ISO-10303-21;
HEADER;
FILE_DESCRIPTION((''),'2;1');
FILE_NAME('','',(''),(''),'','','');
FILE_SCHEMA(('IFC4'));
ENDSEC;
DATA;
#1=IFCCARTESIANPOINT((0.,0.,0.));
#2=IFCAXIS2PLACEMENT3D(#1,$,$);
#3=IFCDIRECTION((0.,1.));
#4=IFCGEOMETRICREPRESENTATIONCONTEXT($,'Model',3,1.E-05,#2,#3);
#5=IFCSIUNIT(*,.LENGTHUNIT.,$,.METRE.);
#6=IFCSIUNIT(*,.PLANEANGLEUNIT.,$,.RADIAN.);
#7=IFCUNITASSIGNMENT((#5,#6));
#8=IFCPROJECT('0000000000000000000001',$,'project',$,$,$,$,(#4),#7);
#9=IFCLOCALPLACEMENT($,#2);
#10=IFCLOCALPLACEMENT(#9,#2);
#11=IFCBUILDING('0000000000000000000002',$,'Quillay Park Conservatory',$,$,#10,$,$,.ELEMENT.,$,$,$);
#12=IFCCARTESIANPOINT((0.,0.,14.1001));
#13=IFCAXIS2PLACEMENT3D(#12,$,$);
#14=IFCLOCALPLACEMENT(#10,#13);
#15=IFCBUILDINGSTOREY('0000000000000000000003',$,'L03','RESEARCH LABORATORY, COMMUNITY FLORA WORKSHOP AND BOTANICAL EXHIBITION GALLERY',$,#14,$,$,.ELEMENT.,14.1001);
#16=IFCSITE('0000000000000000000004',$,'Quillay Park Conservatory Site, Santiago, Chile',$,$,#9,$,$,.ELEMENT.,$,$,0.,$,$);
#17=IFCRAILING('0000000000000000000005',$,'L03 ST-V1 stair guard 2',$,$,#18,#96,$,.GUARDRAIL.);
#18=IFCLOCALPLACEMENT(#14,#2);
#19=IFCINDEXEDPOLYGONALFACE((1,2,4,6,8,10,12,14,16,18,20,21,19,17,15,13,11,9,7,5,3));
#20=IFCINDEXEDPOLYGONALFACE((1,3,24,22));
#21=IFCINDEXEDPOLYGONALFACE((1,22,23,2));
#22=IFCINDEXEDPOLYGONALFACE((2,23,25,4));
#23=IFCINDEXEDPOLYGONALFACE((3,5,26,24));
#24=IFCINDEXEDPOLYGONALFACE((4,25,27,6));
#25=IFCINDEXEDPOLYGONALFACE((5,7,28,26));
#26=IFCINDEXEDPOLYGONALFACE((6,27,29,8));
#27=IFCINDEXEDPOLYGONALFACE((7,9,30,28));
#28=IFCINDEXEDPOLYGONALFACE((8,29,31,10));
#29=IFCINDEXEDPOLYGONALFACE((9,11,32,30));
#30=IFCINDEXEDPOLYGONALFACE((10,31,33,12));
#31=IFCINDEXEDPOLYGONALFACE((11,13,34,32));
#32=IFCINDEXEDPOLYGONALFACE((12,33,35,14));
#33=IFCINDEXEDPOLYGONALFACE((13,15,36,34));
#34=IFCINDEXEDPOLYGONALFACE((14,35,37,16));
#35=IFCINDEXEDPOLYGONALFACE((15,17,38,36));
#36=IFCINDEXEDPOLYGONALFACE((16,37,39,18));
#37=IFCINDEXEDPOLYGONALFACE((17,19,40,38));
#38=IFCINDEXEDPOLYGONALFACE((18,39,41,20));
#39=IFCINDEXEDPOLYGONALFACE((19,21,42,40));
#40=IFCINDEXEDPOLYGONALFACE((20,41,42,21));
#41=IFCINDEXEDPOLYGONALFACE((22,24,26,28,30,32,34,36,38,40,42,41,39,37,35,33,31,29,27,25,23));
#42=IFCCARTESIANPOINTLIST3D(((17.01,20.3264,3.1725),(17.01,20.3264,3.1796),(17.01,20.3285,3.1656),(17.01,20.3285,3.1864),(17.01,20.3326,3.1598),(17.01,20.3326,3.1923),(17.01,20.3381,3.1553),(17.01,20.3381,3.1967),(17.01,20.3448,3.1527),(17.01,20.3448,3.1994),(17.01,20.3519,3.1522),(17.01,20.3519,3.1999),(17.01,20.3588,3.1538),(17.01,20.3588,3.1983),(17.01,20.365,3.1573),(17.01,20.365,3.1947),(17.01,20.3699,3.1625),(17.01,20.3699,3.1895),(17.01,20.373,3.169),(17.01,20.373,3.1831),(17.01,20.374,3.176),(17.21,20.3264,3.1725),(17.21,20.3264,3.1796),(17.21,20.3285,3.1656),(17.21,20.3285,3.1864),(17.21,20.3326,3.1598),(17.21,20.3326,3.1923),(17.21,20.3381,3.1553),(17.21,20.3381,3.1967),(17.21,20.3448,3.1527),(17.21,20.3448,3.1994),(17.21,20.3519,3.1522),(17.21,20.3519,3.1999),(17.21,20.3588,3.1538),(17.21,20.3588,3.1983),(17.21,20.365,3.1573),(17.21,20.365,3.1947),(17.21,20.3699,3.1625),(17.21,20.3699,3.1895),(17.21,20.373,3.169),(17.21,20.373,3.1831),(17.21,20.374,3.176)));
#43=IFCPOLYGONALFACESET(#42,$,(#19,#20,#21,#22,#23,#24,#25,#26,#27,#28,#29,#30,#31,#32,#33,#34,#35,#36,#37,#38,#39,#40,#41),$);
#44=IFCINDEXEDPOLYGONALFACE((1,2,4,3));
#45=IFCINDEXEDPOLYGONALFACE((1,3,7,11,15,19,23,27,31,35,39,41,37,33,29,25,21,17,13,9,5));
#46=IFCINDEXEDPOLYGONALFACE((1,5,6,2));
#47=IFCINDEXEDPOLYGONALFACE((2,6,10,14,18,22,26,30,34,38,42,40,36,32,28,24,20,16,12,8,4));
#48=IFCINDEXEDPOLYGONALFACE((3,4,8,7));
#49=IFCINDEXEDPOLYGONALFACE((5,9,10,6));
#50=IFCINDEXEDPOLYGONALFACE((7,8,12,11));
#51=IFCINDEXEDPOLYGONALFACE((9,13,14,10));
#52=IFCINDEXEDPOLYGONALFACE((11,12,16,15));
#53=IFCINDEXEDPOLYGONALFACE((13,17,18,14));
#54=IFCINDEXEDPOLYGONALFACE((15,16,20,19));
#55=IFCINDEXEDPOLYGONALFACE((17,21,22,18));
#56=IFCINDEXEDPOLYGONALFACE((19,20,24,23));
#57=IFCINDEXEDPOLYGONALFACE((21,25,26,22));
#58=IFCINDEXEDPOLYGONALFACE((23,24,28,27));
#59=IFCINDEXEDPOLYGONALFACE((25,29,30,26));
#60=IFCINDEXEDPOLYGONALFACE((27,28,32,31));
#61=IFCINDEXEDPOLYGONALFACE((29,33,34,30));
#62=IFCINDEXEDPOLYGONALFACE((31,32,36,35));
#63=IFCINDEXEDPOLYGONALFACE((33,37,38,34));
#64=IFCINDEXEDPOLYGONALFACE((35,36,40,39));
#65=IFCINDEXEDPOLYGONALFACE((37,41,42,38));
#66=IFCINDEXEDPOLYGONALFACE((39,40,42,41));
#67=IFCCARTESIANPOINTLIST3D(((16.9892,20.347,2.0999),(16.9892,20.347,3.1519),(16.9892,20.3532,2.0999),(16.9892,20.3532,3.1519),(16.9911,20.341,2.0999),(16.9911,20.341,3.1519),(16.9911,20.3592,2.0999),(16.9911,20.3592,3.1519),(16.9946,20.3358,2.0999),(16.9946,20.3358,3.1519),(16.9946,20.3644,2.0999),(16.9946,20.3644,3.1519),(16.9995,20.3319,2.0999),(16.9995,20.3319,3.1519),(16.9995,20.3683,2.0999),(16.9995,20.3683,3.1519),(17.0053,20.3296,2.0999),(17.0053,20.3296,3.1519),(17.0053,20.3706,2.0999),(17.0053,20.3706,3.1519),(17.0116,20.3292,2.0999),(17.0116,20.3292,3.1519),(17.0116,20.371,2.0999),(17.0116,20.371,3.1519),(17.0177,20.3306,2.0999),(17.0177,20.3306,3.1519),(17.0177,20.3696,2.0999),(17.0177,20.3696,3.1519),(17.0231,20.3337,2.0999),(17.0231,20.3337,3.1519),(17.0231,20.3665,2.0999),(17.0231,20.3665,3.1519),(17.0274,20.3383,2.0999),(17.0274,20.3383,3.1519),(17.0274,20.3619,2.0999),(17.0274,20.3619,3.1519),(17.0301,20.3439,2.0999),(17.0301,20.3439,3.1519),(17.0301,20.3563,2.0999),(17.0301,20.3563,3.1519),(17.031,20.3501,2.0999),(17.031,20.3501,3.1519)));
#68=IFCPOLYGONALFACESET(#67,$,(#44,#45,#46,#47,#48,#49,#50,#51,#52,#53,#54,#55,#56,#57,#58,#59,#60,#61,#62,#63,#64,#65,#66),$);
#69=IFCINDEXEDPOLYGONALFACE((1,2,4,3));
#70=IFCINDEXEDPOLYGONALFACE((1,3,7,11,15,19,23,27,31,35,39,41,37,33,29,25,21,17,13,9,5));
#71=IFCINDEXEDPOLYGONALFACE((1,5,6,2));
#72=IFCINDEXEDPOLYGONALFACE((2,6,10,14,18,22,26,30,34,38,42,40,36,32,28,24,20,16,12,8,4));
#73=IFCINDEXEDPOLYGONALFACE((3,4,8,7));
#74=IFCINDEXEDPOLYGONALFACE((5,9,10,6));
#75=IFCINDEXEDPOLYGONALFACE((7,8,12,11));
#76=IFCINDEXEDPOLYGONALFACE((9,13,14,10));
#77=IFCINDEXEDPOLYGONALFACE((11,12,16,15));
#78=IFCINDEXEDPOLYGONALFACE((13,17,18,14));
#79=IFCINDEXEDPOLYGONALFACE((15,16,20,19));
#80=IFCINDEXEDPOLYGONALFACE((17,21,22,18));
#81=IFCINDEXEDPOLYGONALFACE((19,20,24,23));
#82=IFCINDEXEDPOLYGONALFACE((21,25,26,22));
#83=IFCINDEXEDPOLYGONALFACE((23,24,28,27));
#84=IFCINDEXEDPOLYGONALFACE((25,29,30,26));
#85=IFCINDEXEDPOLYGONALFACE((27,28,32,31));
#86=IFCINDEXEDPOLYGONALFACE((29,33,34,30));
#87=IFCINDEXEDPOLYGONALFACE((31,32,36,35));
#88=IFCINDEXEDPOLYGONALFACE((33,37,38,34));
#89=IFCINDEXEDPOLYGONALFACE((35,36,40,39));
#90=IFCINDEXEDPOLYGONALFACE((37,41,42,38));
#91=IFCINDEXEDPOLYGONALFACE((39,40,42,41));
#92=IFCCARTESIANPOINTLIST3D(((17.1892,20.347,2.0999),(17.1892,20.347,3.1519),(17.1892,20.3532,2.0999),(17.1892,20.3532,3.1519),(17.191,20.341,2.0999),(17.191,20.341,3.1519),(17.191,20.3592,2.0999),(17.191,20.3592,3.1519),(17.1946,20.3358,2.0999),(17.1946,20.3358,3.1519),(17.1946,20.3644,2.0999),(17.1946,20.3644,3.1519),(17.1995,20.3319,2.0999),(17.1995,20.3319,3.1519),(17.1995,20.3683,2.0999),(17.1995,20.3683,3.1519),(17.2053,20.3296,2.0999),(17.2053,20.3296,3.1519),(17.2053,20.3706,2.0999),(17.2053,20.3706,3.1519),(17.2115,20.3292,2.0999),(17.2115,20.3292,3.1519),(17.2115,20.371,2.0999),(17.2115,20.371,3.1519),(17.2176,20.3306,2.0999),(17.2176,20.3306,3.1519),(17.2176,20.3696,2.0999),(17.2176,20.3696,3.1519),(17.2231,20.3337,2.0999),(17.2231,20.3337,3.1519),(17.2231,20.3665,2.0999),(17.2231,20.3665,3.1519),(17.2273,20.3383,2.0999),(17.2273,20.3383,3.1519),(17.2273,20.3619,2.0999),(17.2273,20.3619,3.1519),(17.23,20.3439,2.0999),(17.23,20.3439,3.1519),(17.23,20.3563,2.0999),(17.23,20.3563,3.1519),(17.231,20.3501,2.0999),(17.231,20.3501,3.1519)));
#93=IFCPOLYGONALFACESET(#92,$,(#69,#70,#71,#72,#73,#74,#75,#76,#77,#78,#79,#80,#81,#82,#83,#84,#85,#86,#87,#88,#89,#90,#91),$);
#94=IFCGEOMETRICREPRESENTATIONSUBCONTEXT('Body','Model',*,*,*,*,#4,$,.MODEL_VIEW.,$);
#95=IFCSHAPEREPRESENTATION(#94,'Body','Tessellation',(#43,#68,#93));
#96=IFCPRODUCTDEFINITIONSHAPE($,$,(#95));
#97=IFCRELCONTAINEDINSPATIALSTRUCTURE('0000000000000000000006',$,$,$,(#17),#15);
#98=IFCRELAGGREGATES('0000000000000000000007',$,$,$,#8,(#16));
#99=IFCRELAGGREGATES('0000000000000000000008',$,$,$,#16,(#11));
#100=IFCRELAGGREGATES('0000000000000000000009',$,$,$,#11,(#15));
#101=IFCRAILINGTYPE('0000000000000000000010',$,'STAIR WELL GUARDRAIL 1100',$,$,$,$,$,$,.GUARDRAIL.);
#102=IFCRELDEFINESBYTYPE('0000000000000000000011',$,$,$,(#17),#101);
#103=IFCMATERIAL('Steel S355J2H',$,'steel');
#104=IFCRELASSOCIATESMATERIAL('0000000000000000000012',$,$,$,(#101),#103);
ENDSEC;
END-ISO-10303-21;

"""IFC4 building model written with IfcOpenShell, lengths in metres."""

from ifc_helpers import new_model, si_unit, direction, frame, origin, origin_2d, place, context, subcontext, project, spatial, circle, extrude, material, type_object, element, save


model = new_model("IFC4")

# Units and contexts
model_context = context("Model", 3, precision=1e-05, world=origin(), true_north=direction((0.0, 1.0)))
body_context = subcontext(model_context, "Body", "Model", "MODEL_VIEW")
ifc_project = project(units=[si_unit("LENGTHUNIT", "METRE"), si_unit("PLANEANGLEUNIT", "RADIAN")], contexts=[model_context])

# Site, building, storey
site_placement = place(None, origin())
site = spatial("IfcSite", under=ifc_project, at=site_placement, Name="Quillay Park Conservatory Site, Santiago, Chile", CompositionType="ELEMENT", RefElevation=0.0)
building_placement = place(site_placement, origin())
building = spatial("IfcBuilding", under=site, at=building_placement, Name="Quillay Park Conservatory", CompositionType="ELEMENT")
storey_placement = place(building_placement, frame((0.0, 0.0, 14.1001)))
storey = spatial("IfcBuildingStorey", under=building, at=storey_placement, Name="L03", Description="RESEARCH LABORATORY, COMMUNITY FLORA WORKSHOP AND BOTANICAL EXHIBITION GALLERY", CompositionType="ELEMENT", Elevation=14.1001)

# Railing
ifc_material_1 = material(Name="Steel S355J2H", Category="steel")
railing_type_1 = type_object("IfcRailingType", Name="STAIR WELL GUARDRAIL 1100", PredefinedType="GUARDRAIL", material=ifc_material_1)
railing_1_placement = place(storey_placement, frame((17.01, 20.3501, 2.0999)))
element("IfcRailing", 1, at=railing_1_placement, inside=storey, type_object=railing_type_1, Name="L03 ST-V1 stair guard 2", PredefinedType="GUARDRAIL", context=body_context, shape_type="SweptSolid", body=[
    extrude(circle(Radius=0.0239, at=origin_2d()), frame((0.0, 0.0, 1.0762), z_axis=(1.0, 0.0, 0.0), x_axis=(0.0, 1.0, 0.0)), (0.0, 0.0, 1.0), 0.2),
    extrude(circle(Radius=0.021, at=origin_2d()), origin(), (0.0, 0.0, 1.0), 1.052),
    extrude(circle(Radius=0.021, at=origin_2d()), frame((0.2, 0.0, 0.0)), (0.0, 0.0, 1.0), 1.052),
])

save(model, "model.ifc")
